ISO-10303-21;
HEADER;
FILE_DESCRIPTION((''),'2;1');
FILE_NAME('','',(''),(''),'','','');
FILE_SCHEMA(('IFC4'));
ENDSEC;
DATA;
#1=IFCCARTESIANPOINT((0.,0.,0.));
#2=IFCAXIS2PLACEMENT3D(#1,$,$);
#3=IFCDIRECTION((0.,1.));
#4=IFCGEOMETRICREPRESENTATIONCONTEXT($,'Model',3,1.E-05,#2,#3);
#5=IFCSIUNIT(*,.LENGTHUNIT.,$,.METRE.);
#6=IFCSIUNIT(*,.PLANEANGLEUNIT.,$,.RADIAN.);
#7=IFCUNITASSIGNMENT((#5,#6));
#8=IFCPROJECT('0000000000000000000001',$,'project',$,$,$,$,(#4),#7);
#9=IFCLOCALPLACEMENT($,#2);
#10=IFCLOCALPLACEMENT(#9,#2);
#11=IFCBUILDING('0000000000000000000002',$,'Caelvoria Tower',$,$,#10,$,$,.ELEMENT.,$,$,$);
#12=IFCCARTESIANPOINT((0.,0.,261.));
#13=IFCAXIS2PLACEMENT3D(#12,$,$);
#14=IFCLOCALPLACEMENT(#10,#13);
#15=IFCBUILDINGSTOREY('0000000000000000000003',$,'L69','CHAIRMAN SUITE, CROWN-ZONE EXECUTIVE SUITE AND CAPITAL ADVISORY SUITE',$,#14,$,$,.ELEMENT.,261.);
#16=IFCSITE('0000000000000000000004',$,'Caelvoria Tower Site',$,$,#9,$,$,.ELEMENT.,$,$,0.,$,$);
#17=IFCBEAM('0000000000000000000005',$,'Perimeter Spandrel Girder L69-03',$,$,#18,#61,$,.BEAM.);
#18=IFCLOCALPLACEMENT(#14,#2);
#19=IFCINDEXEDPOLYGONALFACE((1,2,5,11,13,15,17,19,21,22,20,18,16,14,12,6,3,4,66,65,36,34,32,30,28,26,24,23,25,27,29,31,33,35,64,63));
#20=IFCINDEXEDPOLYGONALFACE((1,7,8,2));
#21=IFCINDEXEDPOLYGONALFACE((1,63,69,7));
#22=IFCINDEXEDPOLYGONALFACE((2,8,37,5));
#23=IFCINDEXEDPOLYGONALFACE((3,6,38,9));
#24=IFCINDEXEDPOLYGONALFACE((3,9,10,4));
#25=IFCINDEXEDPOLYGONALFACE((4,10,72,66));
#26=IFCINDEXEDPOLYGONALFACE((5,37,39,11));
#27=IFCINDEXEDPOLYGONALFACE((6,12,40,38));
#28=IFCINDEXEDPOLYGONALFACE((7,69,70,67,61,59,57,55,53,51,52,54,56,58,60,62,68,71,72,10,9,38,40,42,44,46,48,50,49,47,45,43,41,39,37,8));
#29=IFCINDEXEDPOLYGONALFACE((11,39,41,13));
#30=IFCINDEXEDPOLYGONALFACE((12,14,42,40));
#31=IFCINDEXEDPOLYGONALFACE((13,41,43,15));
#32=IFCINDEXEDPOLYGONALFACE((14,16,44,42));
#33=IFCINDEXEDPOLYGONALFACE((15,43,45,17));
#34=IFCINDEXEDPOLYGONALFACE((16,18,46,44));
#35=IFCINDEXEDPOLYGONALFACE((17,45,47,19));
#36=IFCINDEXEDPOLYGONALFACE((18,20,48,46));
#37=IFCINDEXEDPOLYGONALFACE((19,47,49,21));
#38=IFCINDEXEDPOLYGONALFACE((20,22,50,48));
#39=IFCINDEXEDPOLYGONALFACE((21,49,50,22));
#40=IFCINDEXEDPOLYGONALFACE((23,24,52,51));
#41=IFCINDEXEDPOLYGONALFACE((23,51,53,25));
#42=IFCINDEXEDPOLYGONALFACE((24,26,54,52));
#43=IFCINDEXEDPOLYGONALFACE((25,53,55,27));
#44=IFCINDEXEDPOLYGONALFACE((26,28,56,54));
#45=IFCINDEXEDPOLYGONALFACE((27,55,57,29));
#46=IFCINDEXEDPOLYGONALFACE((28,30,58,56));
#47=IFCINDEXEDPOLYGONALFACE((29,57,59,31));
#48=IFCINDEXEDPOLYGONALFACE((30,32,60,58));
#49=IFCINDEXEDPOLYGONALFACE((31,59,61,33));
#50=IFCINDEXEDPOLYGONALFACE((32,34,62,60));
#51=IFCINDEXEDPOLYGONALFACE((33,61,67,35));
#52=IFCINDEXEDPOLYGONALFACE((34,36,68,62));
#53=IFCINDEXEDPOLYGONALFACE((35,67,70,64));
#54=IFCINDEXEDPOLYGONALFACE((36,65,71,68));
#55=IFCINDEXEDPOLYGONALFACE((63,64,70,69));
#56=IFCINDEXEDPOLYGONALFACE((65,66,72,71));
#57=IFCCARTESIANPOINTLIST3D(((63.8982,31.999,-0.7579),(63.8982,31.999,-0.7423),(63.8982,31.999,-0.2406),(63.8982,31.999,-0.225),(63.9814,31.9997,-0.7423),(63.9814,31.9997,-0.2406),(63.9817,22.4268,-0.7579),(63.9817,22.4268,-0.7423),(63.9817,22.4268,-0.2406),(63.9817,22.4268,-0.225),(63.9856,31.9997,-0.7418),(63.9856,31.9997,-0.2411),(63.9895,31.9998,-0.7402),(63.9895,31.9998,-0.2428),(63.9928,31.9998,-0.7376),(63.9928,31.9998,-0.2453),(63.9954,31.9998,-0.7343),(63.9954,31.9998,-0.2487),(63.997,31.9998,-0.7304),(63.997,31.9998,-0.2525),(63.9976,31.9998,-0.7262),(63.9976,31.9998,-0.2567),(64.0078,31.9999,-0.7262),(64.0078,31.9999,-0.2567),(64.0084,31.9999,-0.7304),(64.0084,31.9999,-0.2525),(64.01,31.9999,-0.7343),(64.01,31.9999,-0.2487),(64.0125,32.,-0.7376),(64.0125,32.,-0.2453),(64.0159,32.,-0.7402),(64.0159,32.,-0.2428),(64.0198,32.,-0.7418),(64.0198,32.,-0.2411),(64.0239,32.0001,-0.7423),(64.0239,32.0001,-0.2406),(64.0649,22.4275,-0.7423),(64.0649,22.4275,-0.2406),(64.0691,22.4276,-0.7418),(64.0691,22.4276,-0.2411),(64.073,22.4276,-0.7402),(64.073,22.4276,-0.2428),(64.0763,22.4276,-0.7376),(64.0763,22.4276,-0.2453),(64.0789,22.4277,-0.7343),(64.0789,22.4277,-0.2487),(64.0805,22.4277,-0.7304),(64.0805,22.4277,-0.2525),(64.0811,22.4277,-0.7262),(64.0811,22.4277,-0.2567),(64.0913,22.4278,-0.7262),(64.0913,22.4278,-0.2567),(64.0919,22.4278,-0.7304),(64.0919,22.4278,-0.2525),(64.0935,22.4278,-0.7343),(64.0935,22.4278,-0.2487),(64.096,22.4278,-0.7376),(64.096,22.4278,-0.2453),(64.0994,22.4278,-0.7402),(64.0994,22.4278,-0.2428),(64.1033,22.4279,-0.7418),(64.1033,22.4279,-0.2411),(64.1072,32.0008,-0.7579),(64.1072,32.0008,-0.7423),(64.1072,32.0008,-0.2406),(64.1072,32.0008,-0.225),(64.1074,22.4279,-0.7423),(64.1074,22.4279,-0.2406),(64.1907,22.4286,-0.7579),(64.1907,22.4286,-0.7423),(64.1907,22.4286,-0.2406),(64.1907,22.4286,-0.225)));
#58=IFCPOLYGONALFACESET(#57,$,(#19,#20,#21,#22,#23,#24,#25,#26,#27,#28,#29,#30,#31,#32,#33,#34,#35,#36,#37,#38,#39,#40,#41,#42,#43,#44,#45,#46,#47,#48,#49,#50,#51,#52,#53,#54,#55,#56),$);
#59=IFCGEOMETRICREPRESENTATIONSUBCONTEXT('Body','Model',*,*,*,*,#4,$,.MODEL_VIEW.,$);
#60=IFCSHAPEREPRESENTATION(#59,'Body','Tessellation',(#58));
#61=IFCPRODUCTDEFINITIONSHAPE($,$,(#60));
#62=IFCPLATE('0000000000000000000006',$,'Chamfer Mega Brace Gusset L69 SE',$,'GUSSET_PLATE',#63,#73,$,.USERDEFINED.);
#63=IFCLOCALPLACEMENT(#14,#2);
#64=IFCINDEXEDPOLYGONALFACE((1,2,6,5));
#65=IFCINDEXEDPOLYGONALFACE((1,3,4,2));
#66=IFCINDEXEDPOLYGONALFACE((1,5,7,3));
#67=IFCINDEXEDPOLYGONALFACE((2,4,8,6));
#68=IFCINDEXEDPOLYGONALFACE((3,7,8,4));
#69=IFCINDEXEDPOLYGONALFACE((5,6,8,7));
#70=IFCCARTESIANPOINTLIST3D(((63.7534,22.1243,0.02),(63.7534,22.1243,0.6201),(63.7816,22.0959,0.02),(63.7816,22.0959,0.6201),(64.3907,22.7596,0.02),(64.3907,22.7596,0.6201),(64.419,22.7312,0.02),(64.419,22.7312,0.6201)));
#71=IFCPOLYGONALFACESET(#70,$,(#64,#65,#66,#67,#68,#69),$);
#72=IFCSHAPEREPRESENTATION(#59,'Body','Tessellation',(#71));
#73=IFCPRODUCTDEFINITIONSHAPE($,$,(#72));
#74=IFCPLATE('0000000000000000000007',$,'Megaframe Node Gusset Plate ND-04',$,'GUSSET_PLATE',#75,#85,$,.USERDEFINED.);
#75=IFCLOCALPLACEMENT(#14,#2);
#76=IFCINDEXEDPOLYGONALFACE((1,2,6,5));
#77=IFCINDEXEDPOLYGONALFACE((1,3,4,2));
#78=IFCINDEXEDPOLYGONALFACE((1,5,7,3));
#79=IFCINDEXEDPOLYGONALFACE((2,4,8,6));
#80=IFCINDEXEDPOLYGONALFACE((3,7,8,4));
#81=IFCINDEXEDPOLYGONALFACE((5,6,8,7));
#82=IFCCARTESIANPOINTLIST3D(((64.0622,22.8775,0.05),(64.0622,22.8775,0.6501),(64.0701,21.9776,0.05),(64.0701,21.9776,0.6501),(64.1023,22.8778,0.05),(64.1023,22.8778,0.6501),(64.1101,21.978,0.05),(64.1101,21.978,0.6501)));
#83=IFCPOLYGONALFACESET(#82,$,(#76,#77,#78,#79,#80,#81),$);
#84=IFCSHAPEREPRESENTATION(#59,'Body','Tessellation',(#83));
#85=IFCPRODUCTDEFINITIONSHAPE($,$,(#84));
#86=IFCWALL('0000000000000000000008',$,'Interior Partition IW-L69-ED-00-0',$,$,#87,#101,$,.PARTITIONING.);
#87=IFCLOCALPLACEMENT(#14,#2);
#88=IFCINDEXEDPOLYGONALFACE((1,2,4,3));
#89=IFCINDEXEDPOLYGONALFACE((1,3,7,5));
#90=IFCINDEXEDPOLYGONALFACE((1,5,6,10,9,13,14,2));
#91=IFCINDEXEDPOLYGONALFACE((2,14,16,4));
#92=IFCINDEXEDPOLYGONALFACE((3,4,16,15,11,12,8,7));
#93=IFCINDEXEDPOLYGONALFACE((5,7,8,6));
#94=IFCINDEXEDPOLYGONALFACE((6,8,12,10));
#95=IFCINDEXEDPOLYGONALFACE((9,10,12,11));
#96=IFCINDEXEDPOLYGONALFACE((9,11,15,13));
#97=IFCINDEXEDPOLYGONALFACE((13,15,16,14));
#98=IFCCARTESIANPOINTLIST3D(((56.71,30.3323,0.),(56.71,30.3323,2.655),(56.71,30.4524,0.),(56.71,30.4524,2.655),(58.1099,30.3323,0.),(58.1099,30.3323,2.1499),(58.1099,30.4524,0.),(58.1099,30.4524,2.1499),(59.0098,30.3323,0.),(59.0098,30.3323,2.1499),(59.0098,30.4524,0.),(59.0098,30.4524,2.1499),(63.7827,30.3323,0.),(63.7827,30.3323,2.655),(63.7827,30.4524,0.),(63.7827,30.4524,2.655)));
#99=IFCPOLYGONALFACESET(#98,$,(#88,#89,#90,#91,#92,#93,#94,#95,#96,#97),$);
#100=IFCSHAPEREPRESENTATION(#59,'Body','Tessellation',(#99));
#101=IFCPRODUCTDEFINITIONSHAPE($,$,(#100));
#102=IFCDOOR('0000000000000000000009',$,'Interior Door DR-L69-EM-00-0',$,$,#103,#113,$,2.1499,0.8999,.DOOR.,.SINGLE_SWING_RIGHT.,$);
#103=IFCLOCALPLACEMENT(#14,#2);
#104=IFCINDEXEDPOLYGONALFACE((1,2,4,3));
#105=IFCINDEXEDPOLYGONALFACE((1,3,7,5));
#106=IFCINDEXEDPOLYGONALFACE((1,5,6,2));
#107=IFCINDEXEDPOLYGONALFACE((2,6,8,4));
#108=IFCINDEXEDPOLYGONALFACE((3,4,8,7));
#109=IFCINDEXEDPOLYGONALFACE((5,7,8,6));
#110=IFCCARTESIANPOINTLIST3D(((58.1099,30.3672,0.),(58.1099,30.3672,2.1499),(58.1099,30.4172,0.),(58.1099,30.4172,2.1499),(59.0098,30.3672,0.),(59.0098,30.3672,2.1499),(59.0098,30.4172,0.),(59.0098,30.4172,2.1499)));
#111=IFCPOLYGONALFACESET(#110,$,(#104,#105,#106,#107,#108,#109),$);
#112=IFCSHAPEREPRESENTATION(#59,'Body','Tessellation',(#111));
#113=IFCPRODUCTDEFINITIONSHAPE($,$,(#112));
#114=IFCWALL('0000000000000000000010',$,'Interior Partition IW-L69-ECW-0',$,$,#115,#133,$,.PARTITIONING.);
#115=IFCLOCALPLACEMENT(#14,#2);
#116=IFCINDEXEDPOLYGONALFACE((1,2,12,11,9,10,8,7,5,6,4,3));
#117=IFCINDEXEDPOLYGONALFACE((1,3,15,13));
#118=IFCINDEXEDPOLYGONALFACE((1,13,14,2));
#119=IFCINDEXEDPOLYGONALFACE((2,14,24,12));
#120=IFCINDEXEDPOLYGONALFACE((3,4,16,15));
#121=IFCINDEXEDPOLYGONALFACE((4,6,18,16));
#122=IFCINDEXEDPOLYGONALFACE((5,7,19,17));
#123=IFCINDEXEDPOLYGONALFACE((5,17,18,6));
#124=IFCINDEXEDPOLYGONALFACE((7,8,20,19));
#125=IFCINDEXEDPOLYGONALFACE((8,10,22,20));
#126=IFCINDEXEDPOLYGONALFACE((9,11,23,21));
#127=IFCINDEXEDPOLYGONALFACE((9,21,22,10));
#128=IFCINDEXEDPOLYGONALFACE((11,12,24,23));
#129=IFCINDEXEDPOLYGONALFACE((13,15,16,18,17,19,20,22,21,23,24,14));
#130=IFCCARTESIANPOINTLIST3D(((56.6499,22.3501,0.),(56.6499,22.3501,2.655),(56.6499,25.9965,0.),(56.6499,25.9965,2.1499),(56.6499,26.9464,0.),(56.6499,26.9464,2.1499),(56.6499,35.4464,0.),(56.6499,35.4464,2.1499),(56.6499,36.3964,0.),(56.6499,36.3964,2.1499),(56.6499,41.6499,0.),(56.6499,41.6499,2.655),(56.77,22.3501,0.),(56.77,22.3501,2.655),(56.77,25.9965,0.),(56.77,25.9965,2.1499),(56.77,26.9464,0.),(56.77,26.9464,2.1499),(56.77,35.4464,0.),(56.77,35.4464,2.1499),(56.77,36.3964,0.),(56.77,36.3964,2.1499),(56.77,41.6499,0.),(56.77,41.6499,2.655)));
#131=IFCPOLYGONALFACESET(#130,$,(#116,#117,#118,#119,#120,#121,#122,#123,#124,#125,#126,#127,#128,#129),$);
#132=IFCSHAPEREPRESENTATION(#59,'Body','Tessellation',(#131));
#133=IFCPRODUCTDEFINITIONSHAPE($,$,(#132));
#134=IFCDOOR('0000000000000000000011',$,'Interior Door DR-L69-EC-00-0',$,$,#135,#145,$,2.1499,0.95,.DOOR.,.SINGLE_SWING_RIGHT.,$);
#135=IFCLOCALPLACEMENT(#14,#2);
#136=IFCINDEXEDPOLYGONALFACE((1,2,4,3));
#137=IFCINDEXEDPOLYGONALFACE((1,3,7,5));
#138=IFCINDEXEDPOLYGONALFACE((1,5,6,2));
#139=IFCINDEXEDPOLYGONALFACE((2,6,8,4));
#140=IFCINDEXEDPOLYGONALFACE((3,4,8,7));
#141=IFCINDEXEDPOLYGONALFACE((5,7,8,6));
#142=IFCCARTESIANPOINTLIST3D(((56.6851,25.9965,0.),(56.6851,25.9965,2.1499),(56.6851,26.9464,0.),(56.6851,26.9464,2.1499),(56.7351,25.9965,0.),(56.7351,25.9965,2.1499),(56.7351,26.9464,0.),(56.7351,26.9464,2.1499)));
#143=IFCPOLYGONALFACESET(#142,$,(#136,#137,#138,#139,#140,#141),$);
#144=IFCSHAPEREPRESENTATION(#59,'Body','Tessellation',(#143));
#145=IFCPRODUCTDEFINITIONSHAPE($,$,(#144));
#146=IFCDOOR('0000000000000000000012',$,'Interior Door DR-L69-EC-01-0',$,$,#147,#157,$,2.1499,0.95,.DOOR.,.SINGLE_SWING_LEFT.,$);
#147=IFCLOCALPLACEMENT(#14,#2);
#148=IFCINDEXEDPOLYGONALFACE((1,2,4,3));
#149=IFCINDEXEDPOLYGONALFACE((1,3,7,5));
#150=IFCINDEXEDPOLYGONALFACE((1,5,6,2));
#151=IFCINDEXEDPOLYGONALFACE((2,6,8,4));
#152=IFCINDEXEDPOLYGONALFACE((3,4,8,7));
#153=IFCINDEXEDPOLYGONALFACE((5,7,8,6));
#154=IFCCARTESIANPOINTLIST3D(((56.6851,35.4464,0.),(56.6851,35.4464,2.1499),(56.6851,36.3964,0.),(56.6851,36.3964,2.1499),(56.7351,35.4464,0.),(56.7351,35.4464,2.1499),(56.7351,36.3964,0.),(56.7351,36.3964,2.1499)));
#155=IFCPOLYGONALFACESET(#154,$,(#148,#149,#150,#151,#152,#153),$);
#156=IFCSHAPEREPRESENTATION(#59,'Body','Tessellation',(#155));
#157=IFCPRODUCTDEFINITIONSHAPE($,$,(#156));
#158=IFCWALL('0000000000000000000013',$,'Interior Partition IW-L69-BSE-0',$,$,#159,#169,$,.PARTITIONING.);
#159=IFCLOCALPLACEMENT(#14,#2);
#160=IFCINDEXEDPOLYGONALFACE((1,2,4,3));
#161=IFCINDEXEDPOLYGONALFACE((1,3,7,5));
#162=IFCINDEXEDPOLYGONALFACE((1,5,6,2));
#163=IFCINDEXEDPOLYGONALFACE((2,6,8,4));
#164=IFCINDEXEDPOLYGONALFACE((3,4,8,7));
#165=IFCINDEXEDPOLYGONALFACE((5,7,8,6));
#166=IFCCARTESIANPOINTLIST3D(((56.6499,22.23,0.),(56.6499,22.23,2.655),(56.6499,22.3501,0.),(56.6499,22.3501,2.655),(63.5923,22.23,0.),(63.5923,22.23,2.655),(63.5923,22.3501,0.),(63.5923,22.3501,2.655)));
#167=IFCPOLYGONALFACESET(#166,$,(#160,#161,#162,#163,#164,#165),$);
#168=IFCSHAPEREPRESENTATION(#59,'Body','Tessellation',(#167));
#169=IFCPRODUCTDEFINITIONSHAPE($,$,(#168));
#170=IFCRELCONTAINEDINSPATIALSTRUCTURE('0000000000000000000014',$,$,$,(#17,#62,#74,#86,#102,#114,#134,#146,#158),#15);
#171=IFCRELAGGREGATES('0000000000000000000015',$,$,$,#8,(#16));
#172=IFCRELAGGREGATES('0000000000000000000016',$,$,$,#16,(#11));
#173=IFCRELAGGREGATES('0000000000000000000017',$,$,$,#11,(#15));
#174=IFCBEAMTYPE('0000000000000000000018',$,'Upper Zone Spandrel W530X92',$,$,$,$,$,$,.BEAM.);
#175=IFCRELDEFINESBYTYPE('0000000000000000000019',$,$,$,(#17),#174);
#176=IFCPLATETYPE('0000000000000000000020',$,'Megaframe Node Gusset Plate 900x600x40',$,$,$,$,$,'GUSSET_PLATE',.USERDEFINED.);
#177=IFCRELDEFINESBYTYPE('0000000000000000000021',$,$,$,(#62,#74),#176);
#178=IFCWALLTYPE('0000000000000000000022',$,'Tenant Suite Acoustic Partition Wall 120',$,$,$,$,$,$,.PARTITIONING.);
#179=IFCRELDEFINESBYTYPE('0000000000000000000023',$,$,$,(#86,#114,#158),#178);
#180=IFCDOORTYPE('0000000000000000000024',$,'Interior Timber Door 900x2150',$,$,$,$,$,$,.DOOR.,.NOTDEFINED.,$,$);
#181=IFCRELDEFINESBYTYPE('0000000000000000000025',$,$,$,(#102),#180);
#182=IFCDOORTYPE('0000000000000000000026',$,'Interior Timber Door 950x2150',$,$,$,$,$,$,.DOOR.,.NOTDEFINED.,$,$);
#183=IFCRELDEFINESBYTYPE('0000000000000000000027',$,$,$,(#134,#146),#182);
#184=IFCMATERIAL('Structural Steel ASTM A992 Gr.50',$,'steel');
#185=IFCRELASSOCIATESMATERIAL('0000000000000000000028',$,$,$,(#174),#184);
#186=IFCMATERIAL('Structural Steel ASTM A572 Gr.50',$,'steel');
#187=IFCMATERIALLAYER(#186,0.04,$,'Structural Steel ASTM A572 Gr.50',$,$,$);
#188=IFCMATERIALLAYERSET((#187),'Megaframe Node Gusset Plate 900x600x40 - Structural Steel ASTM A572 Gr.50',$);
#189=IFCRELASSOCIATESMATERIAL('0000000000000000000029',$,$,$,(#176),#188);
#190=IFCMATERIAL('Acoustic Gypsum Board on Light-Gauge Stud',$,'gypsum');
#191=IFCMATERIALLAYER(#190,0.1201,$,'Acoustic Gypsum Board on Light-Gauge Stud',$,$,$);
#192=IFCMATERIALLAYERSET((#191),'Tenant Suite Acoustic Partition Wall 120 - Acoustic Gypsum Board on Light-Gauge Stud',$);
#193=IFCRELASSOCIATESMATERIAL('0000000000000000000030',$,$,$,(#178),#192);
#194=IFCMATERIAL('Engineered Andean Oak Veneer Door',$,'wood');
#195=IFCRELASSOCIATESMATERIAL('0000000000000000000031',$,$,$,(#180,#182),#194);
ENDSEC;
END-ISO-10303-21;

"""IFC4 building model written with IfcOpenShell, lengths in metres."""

from ifc_helpers import new_model, si_unit, direction, frame, frame_2d, origin, origin_2d, place, context, subcontext, project, spatial, rectangle, i_section, extrude, material, layer, layer_set, material_profile, profile_set, type_object, element, fill, save


model = new_model("IFC4")

# Units and contexts
model_context = context("Model", 3, precision=1e-05, world=origin(), true_north=direction((0.0, 1.0)))
body_context = subcontext(model_context, "Body", "Model", "MODEL_VIEW")
ifc_project = project(units=[si_unit("LENGTHUNIT", "METRE"), si_unit("PLANEANGLEUNIT", "RADIAN")], contexts=[model_context])

# Site, building, storey
site_placement = place(None, origin())
site = spatial("IfcSite", under=ifc_project, at=site_placement, Name="Caelvoria Tower Site", CompositionType="ELEMENT", RefElevation=0.0)
building_placement = place(site_placement, origin())
building = spatial("IfcBuilding", under=site, at=building_placement, Name="Caelvoria Tower", CompositionType="ELEMENT")
storey_placement = place(building_placement, frame((0.0, 0.0, 261.0)))
storey = spatial("IfcBuildingStorey", under=building, at=storey_placement, Name="L69", Description="CHAIRMAN SUITE, CROWN-ZONE EXECUTIVE SUITE AND CAPITAL ADVISORY SUITE", CompositionType="ELEMENT", Elevation=261.0)

# Shared definitions
ifc_material_1 = material(Name="Structural Steel ASTM A572 Gr.50", Category="steel")
ifc_material_2 = material(Name="Structural Steel ASTM A992 Gr.50", Category="steel")

# Beam
ifc_material_profile_1 = material_profile(ifc_material_2, i_section(OverallWidth=0.209, OverallDepth=0.533, WebThickness=0.0103, FlangeThickness=0.0156, FilletRadius=0.0161, at=origin_2d()), Name="Structural Steel ASTM A992 Gr.50")
ifc_profile_set_1 = profile_set([ifc_material_profile_1], Name="W530X92 - Structural Steel ASTM A992 Gr.50")
beam_type_1 = type_object("IfcBeamType", Name="Upper Zone Spandrel W530X92", PredefinedType="BEAM", material=ifc_profile_set_1)
beam_1_placement = place(storey_placement, frame((64.0862, 22.4277, -0.4915), z_axis=(-0.008722, 0.999962, 0.0), x_axis=(-0.999962, -0.008722, 0.0)))
element("IfcBeam", 1, at=beam_1_placement, inside=storey, type_object=beam_type_1, Name="Perimeter Spandrel Girder L69-03", PredefinedType="BEAM", context=body_context, shape_type="SweptSolid", body=[
    extrude(i_section(OverallWidth=0.209, OverallDepth=0.533, WebThickness=0.0103, FlangeThickness=0.0156, FilletRadius=0.0161, at=origin_2d()), origin(), (0.0, 0.0, 1.0), 9.5725),
])

# Plates
ifc_layer_1 = layer(ifc_material_1, 0.04, Name="Structural Steel ASTM A572 Gr.50")
ifc_layer_set_1 = layer_set([ifc_layer_1], Name="Megaframe Node Gusset Plate 900x600x40 - Structural Steel ASTM A572 Gr.50")
plate_type = type_object("IfcPlateType", Name="Megaframe Node Gusset Plate 900x600x40", ElementType="GUSSET_PLATE", PredefinedType="USERDEFINED", material=ifc_layer_set_1)
for number, where, z_axis, x_axis, name in (
    (2, (64.0862, 22.4277, 0.02), (0.0, 0.0, 1.0), (-0.708251, -0.705961, 0.0), "Chamfer Mega Brace Gusset L69 SE"),
    (3, (64.0862, 22.4277, 0.05), (0.0, 0.0, 1.0), (-0.008734, 0.999962, 0.0), "Megaframe Node Gusset Plate ND-04"),
):
    element("IfcPlate", number, at=place(storey_placement, frame(where, z_axis=z_axis, x_axis=x_axis)), inside=storey, type_object=plate_type, Name=name, ObjectType="GUSSET_PLATE", PredefinedType="USERDEFINED", context=body_context, shape_type="SweptSolid", body=[
        extrude(rectangle(XDim=0.8999, YDim=0.04, at=origin_2d()), origin(), (0.0, 0.0, 1.0), 0.6001),
    ])

# Wall, opening, door
ifc_material_3 = material(Name="Acoustic Gypsum Board on Light-Gauge Stud", Category="gypsum")
ifc_layer_2 = layer(ifc_material_3, 0.1201, Name="Acoustic Gypsum Board on Light-Gauge Stud")
ifc_layer_set_2 = layer_set([ifc_layer_2], Name="Tenant Suite Acoustic Partition Wall 120 - Acoustic Gypsum Board on Light-Gauge Stud")
wall_type_1 = type_object("IfcWallType", Name="Tenant Suite Acoustic Partition Wall 120", PredefinedType="PARTITIONING", material=ifc_layer_set_2)
wall_1_placement = place(storey_placement, frame((56.71, 30.3923, 0.0), z_axis=(0.0, 0.0, 1.0), x_axis=(1.0, 0.0, 0.0)))
wall_1 = element("IfcWall", 4, at=wall_1_placement, inside=storey, type_object=wall_type_1, Name="Interior Partition IW-L69-ED-00-0", PredefinedType="PARTITIONING", context=body_context, shape_type="SweptSolid", body=[
    extrude(rectangle(XDim=7.0728, YDim=0.1201, at=frame_2d((3.5364, 0.0))), origin(), (0.0, 0.0, 1.0), 2.655),
])
opening_1_placement = place(wall_1_placement, frame((1.3999, 0.0, 0.0)))
opening_1 = element("IfcOpeningElement", 5, at=opening_1_placement, cuts=wall_1, PredefinedType="OPENING", context=body_context, shape_type="SweptSolid", body=[
    extrude(rectangle(XDim=0.8999, YDim=2.1499, at=frame_2d((0.45, 1.075))), frame((0.0, 0.0701, 0.0), z_axis=(0.0, -1.0, 0.0), x_axis=(1.0, 0.0, 0.0)), (0.0, 0.0, 1.0), 0.1401),
])
ifc_material_4 = material(Name="Engineered Andean Oak Veneer Door", Category="wood")
door_type_1 = type_object("IfcDoorType", Name="Interior Timber Door 900x2150", OperationType="NOTDEFINED", PredefinedType="DOOR", material=ifc_material_4)
door_1_placement = place(opening_1_placement, origin())
door_1 = element("IfcDoor", 6, at=door_1_placement, inside=storey, type_object=door_type_1, Name="Interior Door DR-L69-EM-00-0", OperationType="SINGLE_SWING_RIGHT", OverallHeight=2.1499, OverallWidth=0.8999, PredefinedType="DOOR", context=body_context, shape_type="SweptSolid", body=[
    extrude(rectangle(XDim=0.8999, YDim=2.1499, at=frame_2d((0.45, 1.075))), frame((0.0, 0.0249, 0.0), z_axis=(0.0, -1.0, 0.0), x_axis=(1.0, 0.0, 0.0)), (0.0, 0.0, 1.0), 0.05),
])
fill(opening_1, door_1)

# Wall, openings, doors
wall_2_placement = place(storey_placement, frame((56.71, 22.3501, 0.0), z_axis=(0.0, 0.0, 1.0), x_axis=(0.0, 1.0, 0.0)))
wall_2 = element("IfcWall", 7, at=wall_2_placement, inside=storey, type_object=wall_type_1, Name="Interior Partition IW-L69-ECW-0", PredefinedType="PARTITIONING", context=body_context, shape_type="SweptSolid", body=[
    extrude(rectangle(XDim=19.2998, YDim=0.1201, at=frame_2d((9.6499, 0.0))), origin(), (0.0, 0.0, 1.0), 2.655),
])
opening_2_placement = place(wall_2_placement, frame((3.6462, 0.0, 0.0)))
opening_2 = element("IfcOpeningElement", 8, at=opening_2_placement, cuts=wall_2, PredefinedType="OPENING", context=body_context, shape_type="SweptSolid", body=[
    extrude(rectangle(XDim=0.95, YDim=2.1499, at=frame_2d((0.4751, 1.075))), frame((0.0, 0.0701, 0.0), z_axis=(0.0, -1.0, 0.0), x_axis=(1.0, 0.0, 0.0)), (0.0, 0.0, 1.0), 0.1401),
])
opening_3_placement = place(wall_2_placement, frame((13.0962, 0.0, 0.0)))
opening_3 = element("IfcOpeningElement", 9, at=opening_3_placement, cuts=wall_2, PredefinedType="OPENING", context=body_context, shape_type="SweptSolid", body=[
    extrude(rectangle(XDim=0.95, YDim=2.1499, at=frame_2d((0.4751, 1.075))), frame((0.0, 0.0701, 0.0), z_axis=(0.0, -1.0, 0.0), x_axis=(1.0, 0.0, 0.0)), (0.0, 0.0, 1.0), 0.1401),
])
door_type_2 = type_object("IfcDoorType", Name="Interior Timber Door 950x2150", OperationType="NOTDEFINED", PredefinedType="DOOR", material=ifc_material_4)
door_2_placement = place(opening_2_placement, origin())
door_2 = element("IfcDoor", 10, at=door_2_placement, inside=storey, type_object=door_type_2, Name="Interior Door DR-L69-EC-00-0", OperationType="SINGLE_SWING_RIGHT", OverallHeight=2.1499, OverallWidth=0.95, PredefinedType="DOOR", context=body_context, shape_type="SweptSolid", body=[
    extrude(rectangle(XDim=0.95, YDim=2.1499, at=frame_2d((0.4751, 1.075))), frame((0.0, 0.0249, 0.0), z_axis=(0.0, -1.0, 0.0), x_axis=(1.0, 0.0, 0.0)), (0.0, 0.0, 1.0), 0.05),
])
fill(opening_2, door_2)
door_3_placement = place(opening_3_placement, origin())
door_3 = element("IfcDoor", 11, at=door_3_placement, inside=storey, type_object=door_type_2, Name="Interior Door DR-L69-EC-01-0", OperationType="SINGLE_SWING_LEFT", OverallHeight=2.1499, OverallWidth=0.95, PredefinedType="DOOR", context=body_context, shape_type="SweptSolid", body=[
    extrude(rectangle(XDim=0.95, YDim=2.1499, at=frame_2d((0.4751, 1.075))), frame((0.0, 0.0249, 0.0), z_axis=(0.0, -1.0, 0.0), x_axis=(1.0, 0.0, 0.0)), (0.0, 0.0, 1.0), 0.05),
])
fill(opening_3, door_3)

# Wall
wall_3_placement = place(storey_placement, frame((56.6499, 22.29, 0.0), z_axis=(0.0, 0.0, 1.0), x_axis=(1.0, 0.0, 0.0)))
element("IfcWall", 12, at=wall_3_placement, inside=storey, type_object=wall_type_1, Name="Interior Partition IW-L69-BSE-0", PredefinedType="PARTITIONING", context=body_context, shape_type="SweptSolid", body=[
    extrude(rectangle(XDim=6.9424, YDim=0.1201, at=frame_2d((3.4712, 0.0))), origin(), (0.0, 0.0, 1.0), 2.655),
])

save(model, "model.ifc")
